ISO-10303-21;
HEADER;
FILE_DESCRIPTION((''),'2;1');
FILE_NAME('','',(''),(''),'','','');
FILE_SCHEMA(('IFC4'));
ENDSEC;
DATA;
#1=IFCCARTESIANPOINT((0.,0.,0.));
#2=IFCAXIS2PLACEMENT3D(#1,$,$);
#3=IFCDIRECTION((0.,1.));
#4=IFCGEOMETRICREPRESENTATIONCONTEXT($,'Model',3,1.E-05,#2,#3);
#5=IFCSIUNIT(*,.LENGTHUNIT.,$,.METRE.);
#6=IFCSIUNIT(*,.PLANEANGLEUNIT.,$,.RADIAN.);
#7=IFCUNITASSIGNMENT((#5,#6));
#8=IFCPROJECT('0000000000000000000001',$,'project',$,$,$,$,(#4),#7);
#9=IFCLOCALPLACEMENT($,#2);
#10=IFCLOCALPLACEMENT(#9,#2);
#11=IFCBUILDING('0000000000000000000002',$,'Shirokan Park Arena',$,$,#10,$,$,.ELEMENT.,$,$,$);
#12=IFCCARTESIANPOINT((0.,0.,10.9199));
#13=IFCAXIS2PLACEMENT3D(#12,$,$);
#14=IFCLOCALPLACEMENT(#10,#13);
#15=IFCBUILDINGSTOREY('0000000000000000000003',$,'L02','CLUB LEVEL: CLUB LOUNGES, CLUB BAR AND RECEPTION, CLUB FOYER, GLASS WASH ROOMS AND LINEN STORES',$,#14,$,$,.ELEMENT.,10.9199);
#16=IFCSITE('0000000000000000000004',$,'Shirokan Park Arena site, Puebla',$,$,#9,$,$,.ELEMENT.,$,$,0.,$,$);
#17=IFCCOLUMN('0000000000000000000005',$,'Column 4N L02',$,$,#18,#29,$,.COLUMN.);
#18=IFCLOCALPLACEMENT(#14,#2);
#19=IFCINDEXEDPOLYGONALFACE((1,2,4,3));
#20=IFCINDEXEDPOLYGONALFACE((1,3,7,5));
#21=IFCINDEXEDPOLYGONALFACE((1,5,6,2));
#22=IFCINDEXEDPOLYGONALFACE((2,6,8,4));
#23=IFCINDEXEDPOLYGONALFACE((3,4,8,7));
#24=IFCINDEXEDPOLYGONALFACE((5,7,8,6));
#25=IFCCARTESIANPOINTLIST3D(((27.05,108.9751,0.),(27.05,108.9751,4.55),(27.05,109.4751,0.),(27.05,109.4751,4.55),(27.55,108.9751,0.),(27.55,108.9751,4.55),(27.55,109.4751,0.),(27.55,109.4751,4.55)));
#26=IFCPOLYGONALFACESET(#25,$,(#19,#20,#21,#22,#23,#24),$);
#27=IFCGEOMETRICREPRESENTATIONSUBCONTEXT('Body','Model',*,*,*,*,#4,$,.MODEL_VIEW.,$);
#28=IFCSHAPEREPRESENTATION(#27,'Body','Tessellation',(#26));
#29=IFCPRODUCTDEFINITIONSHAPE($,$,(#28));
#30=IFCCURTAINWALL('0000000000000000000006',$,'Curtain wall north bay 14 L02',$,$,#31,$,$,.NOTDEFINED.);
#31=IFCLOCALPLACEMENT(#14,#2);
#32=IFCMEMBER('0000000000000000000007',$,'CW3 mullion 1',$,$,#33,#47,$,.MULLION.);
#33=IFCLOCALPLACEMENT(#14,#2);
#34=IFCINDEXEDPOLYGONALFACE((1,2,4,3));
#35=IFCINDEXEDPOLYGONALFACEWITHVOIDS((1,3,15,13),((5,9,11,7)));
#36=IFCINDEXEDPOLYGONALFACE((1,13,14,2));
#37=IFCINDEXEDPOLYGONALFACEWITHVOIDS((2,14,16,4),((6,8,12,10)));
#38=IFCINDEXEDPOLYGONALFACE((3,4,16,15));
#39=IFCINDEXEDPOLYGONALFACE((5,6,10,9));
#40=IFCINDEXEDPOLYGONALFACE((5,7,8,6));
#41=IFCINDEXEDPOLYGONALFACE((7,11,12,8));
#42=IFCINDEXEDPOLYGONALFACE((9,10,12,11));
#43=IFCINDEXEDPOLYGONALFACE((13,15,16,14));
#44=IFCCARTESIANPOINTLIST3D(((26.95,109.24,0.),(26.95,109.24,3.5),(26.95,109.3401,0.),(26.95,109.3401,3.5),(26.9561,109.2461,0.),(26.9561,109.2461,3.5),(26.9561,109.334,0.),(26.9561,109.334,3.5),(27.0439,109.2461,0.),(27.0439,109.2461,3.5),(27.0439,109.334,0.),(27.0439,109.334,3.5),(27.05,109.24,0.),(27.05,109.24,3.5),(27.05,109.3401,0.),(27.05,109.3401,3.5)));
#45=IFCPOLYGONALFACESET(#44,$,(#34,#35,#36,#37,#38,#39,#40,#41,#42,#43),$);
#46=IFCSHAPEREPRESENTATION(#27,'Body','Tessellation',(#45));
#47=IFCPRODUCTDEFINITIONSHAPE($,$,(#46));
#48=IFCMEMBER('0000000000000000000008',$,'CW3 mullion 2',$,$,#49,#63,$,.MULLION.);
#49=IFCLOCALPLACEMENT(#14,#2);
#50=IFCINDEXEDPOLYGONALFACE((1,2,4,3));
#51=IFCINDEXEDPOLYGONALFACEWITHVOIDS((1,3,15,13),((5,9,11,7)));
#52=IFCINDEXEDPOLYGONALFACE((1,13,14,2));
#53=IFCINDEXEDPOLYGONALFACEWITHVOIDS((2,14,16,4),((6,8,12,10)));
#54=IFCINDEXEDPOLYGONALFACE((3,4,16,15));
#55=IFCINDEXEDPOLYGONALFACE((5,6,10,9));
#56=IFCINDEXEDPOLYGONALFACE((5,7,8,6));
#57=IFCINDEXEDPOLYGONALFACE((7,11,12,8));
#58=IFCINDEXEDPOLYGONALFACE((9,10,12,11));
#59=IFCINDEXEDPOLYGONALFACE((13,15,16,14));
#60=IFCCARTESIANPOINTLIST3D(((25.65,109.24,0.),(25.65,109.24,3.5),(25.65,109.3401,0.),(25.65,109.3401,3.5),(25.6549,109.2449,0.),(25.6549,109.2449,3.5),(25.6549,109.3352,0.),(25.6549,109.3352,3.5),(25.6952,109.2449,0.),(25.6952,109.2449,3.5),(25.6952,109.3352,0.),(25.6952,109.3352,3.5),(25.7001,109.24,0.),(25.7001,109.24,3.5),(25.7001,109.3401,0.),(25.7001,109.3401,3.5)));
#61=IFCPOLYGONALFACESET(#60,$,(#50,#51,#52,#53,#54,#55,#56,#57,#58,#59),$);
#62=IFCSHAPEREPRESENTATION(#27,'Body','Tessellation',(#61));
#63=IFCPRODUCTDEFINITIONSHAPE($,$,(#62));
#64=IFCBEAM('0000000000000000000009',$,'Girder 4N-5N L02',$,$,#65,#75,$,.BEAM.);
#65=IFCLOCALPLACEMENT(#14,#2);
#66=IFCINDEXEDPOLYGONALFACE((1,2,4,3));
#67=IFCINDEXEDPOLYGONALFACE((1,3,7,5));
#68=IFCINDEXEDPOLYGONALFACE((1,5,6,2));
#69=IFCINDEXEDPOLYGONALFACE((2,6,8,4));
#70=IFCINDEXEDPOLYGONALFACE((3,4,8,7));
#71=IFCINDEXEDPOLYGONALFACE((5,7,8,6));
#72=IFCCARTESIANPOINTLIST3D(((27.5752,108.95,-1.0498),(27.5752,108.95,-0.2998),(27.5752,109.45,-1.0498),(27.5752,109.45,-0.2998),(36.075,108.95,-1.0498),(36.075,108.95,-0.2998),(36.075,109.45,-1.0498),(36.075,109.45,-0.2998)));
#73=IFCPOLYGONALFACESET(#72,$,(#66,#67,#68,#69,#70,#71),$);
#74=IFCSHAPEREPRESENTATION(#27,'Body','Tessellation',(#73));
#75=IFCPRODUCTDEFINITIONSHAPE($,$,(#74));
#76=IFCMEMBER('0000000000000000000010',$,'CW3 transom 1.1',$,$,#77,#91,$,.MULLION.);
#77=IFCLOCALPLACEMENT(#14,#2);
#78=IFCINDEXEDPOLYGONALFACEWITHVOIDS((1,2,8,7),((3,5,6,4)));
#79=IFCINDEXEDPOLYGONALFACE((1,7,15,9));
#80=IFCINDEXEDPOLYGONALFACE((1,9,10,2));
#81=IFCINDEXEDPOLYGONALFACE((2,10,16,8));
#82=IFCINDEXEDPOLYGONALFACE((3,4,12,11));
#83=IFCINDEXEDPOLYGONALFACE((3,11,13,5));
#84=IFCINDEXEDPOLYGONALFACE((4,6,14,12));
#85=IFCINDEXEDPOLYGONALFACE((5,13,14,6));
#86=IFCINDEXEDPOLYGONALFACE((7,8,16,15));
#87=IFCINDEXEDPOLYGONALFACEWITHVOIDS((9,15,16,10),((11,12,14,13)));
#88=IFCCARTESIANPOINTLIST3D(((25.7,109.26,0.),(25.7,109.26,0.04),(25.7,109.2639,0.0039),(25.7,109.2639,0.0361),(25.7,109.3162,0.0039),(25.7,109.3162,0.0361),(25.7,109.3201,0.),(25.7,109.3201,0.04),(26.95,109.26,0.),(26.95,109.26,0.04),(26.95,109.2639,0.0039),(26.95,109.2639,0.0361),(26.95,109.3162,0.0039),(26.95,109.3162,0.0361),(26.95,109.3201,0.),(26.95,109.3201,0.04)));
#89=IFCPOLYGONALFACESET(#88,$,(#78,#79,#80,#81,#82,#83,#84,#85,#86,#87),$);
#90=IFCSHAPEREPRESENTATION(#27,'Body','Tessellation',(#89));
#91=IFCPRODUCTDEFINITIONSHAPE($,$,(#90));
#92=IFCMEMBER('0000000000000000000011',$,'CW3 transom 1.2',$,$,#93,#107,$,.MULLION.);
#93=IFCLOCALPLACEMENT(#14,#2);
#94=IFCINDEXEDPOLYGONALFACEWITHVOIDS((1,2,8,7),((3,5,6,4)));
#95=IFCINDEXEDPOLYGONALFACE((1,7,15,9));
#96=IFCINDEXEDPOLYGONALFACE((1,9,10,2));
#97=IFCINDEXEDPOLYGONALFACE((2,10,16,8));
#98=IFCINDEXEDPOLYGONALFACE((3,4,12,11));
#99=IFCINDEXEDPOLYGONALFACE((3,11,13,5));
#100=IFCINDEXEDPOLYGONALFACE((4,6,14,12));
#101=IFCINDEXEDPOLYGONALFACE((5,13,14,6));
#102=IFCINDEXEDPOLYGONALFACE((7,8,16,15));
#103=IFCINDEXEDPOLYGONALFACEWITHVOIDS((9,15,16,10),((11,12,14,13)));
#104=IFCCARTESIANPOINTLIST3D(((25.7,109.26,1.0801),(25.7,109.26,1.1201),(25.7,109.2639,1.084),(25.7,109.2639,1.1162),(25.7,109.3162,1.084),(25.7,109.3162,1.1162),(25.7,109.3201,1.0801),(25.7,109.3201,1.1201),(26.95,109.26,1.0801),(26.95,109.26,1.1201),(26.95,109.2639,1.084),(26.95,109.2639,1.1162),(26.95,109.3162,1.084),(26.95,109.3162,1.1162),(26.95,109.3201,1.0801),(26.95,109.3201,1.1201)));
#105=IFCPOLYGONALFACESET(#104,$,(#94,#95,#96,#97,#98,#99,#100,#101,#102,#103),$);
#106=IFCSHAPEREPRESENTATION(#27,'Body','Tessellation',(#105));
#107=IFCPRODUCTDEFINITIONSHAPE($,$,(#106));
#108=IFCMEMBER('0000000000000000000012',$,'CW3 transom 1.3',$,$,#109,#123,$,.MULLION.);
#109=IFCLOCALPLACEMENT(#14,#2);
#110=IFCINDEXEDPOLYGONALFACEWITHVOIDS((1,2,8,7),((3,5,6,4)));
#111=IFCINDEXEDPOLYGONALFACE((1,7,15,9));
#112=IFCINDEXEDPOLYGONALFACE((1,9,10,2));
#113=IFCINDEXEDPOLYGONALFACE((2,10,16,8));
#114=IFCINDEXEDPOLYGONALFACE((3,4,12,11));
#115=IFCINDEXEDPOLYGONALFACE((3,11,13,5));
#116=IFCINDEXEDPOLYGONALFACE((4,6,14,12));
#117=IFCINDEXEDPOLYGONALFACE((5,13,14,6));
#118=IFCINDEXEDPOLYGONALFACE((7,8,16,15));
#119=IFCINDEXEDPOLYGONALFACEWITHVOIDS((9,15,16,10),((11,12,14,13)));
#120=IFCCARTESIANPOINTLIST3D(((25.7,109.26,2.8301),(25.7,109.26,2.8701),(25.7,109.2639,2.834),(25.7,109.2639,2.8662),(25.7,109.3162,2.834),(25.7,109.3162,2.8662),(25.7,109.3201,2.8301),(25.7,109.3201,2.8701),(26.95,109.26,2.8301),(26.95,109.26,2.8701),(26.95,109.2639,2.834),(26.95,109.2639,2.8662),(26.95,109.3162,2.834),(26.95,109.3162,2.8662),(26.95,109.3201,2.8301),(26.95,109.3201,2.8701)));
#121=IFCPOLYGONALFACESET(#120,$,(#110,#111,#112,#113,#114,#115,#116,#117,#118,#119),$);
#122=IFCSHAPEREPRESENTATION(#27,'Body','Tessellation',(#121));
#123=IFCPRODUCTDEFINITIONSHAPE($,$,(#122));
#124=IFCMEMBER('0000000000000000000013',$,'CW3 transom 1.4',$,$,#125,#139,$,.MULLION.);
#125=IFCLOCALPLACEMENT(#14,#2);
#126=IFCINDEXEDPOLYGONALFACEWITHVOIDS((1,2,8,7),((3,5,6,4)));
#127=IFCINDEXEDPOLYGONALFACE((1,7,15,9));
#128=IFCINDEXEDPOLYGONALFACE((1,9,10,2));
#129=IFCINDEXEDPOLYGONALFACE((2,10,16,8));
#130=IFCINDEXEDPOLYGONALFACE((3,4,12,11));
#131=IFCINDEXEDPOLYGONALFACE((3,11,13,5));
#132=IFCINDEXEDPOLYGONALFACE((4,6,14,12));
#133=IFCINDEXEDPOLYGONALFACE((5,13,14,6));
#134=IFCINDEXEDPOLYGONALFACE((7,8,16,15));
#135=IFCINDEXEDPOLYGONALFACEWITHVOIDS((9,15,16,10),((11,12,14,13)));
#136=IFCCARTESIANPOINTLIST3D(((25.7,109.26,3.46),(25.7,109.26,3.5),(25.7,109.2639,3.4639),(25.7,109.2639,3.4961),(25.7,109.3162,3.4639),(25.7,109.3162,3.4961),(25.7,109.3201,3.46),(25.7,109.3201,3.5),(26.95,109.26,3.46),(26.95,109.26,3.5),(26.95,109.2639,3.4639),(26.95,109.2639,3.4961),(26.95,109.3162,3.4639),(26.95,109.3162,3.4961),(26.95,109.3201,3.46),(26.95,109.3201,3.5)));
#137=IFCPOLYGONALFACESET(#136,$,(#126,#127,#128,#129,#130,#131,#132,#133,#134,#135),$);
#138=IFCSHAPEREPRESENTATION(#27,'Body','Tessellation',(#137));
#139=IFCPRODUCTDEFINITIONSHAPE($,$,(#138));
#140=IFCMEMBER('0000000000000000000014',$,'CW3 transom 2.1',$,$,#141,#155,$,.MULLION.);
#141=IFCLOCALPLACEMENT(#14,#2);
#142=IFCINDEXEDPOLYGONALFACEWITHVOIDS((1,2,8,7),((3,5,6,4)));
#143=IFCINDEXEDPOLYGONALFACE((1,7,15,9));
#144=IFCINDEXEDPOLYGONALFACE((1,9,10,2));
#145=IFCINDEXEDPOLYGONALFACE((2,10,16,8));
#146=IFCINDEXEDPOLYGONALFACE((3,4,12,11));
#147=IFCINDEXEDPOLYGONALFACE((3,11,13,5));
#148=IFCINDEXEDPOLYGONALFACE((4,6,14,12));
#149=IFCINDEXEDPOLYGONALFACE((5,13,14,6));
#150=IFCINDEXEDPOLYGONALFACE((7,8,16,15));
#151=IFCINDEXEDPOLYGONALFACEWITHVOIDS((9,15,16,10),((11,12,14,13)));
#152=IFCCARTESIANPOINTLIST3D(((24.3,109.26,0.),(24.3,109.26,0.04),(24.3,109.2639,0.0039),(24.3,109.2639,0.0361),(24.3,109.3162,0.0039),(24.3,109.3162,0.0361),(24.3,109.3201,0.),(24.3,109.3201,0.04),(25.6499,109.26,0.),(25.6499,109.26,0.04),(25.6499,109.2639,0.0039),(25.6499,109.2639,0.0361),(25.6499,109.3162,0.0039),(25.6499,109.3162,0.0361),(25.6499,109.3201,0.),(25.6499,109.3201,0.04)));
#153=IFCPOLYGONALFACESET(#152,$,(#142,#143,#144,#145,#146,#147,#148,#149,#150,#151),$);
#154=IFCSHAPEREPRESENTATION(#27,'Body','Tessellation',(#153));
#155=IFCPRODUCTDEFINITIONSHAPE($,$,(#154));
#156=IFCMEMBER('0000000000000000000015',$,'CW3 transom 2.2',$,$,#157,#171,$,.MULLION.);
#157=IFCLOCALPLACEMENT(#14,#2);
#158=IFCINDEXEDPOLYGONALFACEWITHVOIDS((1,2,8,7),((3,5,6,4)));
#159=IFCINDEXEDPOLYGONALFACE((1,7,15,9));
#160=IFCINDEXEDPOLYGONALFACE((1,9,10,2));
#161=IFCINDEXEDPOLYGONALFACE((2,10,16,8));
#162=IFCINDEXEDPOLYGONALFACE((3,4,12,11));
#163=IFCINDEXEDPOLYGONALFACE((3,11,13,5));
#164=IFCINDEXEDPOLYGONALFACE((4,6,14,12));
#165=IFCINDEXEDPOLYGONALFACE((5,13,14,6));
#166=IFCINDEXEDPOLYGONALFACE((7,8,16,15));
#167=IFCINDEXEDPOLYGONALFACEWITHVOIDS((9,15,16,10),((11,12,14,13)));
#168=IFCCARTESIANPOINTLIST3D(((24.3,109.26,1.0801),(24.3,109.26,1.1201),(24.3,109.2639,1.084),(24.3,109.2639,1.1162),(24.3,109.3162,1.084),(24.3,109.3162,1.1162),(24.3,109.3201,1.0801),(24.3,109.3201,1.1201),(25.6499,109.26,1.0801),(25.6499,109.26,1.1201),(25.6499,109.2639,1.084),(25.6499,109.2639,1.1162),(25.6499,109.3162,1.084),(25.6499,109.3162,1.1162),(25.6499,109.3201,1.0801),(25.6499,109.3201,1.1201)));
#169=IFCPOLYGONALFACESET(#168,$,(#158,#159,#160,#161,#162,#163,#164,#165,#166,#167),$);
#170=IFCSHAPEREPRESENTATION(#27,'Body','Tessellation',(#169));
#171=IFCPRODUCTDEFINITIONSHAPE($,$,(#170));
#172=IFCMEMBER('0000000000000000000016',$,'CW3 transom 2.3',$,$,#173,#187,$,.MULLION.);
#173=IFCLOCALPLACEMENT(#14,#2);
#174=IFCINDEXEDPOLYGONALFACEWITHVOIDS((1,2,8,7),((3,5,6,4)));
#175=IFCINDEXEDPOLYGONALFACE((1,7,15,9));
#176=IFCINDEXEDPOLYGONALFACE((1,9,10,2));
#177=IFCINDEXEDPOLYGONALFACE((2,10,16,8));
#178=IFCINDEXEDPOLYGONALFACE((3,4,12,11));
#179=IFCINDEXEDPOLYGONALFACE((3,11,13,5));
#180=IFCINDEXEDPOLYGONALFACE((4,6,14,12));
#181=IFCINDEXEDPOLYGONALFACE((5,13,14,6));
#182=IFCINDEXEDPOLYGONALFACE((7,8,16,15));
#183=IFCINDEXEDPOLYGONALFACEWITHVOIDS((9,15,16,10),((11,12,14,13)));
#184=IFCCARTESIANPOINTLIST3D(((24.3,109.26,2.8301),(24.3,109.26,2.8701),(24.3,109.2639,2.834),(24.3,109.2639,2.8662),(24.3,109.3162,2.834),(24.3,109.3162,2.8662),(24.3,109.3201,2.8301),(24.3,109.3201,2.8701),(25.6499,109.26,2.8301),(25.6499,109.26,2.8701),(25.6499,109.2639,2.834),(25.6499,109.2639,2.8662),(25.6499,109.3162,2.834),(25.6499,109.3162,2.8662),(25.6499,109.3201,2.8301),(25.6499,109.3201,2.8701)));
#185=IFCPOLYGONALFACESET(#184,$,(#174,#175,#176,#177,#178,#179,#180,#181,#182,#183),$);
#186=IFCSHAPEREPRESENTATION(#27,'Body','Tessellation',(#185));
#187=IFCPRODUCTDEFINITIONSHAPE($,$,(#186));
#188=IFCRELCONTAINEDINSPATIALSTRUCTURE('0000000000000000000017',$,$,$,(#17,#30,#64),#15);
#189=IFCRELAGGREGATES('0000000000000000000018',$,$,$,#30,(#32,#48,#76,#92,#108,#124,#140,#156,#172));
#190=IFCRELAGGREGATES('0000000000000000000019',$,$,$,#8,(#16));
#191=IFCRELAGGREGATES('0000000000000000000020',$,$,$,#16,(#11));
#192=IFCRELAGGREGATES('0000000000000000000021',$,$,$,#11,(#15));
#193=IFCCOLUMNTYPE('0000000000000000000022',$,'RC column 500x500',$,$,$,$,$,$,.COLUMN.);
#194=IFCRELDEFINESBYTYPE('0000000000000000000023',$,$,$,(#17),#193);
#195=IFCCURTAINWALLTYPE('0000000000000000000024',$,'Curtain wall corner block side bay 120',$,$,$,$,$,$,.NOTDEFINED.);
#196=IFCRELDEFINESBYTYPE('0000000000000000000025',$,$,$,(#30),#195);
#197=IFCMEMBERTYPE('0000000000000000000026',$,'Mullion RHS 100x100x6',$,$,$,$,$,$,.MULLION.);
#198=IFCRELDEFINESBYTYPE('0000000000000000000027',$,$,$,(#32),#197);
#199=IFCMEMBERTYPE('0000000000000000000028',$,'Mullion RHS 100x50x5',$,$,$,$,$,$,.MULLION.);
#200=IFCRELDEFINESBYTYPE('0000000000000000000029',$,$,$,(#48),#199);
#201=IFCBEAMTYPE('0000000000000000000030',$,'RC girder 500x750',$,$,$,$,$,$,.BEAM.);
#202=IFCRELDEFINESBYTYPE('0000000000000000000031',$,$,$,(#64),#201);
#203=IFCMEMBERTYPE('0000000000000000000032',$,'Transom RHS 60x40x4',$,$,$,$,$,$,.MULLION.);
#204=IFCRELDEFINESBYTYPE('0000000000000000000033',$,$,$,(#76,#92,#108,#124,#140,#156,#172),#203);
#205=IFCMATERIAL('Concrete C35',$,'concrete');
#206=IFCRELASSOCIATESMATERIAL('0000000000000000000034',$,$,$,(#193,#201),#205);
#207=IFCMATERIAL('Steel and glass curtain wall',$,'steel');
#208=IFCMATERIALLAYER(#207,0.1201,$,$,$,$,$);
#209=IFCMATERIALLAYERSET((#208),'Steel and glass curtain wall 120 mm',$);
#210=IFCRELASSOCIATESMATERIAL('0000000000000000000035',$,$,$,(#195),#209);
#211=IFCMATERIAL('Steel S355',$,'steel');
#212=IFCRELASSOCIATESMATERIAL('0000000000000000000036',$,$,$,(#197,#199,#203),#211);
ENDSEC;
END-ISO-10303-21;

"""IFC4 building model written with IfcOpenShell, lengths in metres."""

from ifc_helpers import new_model, si_unit, direction, frame, origin, origin_2d, place, context, subcontext, project, spatial, rectangle, hollow_rectangle, extrude, material, layer, layer_set, material_profile, profile_set, type_object, element, aggregate, save


model = new_model("IFC4")

# Units and contexts
model_context = context("Model", 3, precision=1e-05, world=origin(), true_north=direction((0.0, 1.0)))
body_context = subcontext(model_context, "Body", "Model", "MODEL_VIEW")
ifc_project = project(units=[si_unit("LENGTHUNIT", "METRE"), si_unit("PLANEANGLEUNIT", "RADIAN")], contexts=[model_context])

# Site, building, storey
site_placement = place(None, origin())
site = spatial("IfcSite", under=ifc_project, at=site_placement, Name="Shirokan Park Arena site, Puebla", CompositionType="ELEMENT", RefElevation=0.0)
building_placement = place(site_placement, origin())
building = spatial("IfcBuilding", under=site, at=building_placement, Name="Shirokan Park Arena", CompositionType="ELEMENT")
storey_placement = place(building_placement, frame((0.0, 0.0, 10.9199)))
storey = spatial("IfcBuildingStorey", under=building, at=storey_placement, Name="L02", Description="CLUB LEVEL: CLUB LOUNGES, CLUB BAR AND RECEPTION, CLUB FOYER, GLASS WASH ROOMS AND LINEN STORES", CompositionType="ELEMENT", Elevation=10.9199)

# Column
ifc_material_1 = material(Name="Concrete C35", Category="concrete")
ifc_material_profile_1 = material_profile(ifc_material_1, rectangle(XDim=0.5, YDim=0.5, at=origin_2d()), Name="500x500")
ifc_profile_set_1 = profile_set([ifc_material_profile_1], Name="Concrete C35")
column_type = type_object("IfcColumnType", Name="RC column 500x500", PredefinedType="COLUMN", material=ifc_profile_set_1)
column_placement = place(storey_placement, frame((27.3, 109.2251, 0.0), z_axis=(0.0, 0.0, 1.0), x_axis=(1.0, 0.0, 0.0)))
element("IfcColumn", 1, at=column_placement, inside=storey, type_object=column_type, Name="Column 4N L02", PredefinedType="COLUMN", context=body_context, shape_type="SweptSolid", body=[
    extrude(rectangle(XDim=0.5, YDim=0.5, at=origin_2d()), origin(), (0.0, 0.0, 1.0), 4.55),
])

# Curtain wall, members
ifc_material_2 = material(Name="Steel and glass curtain wall", Category="steel")
ifc_layer_1 = layer(ifc_material_2, 0.1201)
ifc_layer_set_1 = layer_set([ifc_layer_1], Name="Steel and glass curtain wall 120 mm")
curtain_wall_type = type_object("IfcCurtainWallType", Name="Curtain wall corner block side bay 120", PredefinedType="NOTDEFINED", material=ifc_layer_set_1)
curtain_wall_placement = place(storey_placement, origin())
curtain_wall = element("IfcCurtainWall", 2, at=curtain_wall_placement, inside=storey, type_object=curtain_wall_type, Name="Curtain wall north bay 14 L02", PredefinedType="NOTDEFINED")
ifc_material_3 = material(Name="Steel S355", Category="steel")
ifc_material_profile_2 = material_profile(ifc_material_3, hollow_rectangle(XDim=0.1001, YDim=0.1001, WallThickness=0.0061, at=origin_2d()), Name="RHS 100x100x6")
ifc_profile_set_2 = profile_set([ifc_material_profile_2], Name="Steel S355")
member_type_1 = type_object("IfcMemberType", Name="Mullion RHS 100x100x6", PredefinedType="MULLION", material=ifc_profile_set_2)
member_1_placement = place(storey_placement, frame((27.0, 109.29, 0.0), z_axis=(0.0, 0.0, 1.0), x_axis=(0.0, -1.0, 0.0)))
member_1 = element("IfcMember", 3, at=member_1_placement, type_object=member_type_1, Name="CW3 mullion 1", PredefinedType="MULLION", context=body_context, shape_type="SweptSolid", body=[
    extrude(hollow_rectangle(XDim=0.1001, YDim=0.1001, WallThickness=0.0061, at=origin_2d()), origin(), (0.0, 0.0, 1.0), 3.5),
])
ifc_material_profile_3 = material_profile(ifc_material_3, hollow_rectangle(XDim=0.1001, YDim=0.05, WallThickness=0.0049, at=origin_2d()), Name="RHS 100x50x5")
ifc_profile_set_3 = profile_set([ifc_material_profile_3], Name="Steel S355")
member_type_2 = type_object("IfcMemberType", Name="Mullion RHS 100x50x5", PredefinedType="MULLION", material=ifc_profile_set_3)
member_2_placement = place(storey_placement, frame((25.675, 109.29, 0.0), z_axis=(0.0, 0.0, 1.0), x_axis=(0.0, -1.0, 0.0)))
member_2 = element("IfcMember", 4, at=member_2_placement, type_object=member_type_2, Name="CW3 mullion 2", PredefinedType="MULLION", context=body_context, shape_type="SweptSolid", body=[
    extrude(hollow_rectangle(XDim=0.1001, YDim=0.05, WallThickness=0.0049, at=origin_2d()), origin(), (0.0, 0.0, 1.0), 3.5),
])

# Beam
ifc_material_profile_4 = material_profile(ifc_material_1, rectangle(XDim=0.5, YDim=0.75, at=origin_2d()), Name="500x750")
ifc_profile_set_4 = profile_set([ifc_material_profile_4], Name="Concrete C35")
beam_type = type_object("IfcBeamType", Name="RC girder 500x750", PredefinedType="BEAM", material=ifc_profile_set_4)
beam_placement = place(storey_placement, frame((27.5752, 109.2, -0.6748), z_axis=(1.0, 0.0, 0.0), x_axis=(0.0, 1.0, 0.0)))
element("IfcBeam", 5, at=beam_placement, inside=storey, type_object=beam_type, Name="Girder 4N-5N L02", PredefinedType="BEAM", context=body_context, shape_type="SweptSolid", body=[
    extrude(rectangle(XDim=0.5, YDim=0.75, at=origin_2d()), origin(), (0.0, 0.0, 1.0), 8.4998),
])

# Members
ifc_material_profile_5 = material_profile(ifc_material_3, hollow_rectangle(XDim=0.0601, YDim=0.04, WallThickness=0.0039, at=origin_2d()), Name="RHS 60x40x4")
ifc_profile_set_5 = profile_set([ifc_material_profile_5], Name="Steel S355")
member_type_3 = type_object("IfcMemberType", Name="Transom RHS 60x40x4", PredefinedType="MULLION", material=ifc_profile_set_5)
member_3_placement = place(storey_placement, frame((26.95, 109.29, 0.02), z_axis=(-1.0, 0.0, 0.0), x_axis=(0.0, -1.0, 0.0)))
member_3 = element("IfcMember", 6, at=member_3_placement, type_object=member_type_3, Name="CW3 transom 1.1", PredefinedType="MULLION", context=body_context, shape_type="SweptSolid", body=[
    extrude(hollow_rectangle(XDim=0.0601, YDim=0.04, WallThickness=0.0039, at=origin_2d()), origin(), (0.0, 0.0, 1.0), 1.25),
])
member_4_placement = place(storey_placement, frame((26.95, 109.29, 1.1001), z_axis=(-1.0, 0.0, 0.0), x_axis=(0.0, -1.0, 0.0)))
member_4 = element("IfcMember", 7, at=member_4_placement, type_object=member_type_3, Name="CW3 transom 1.2", PredefinedType="MULLION", context=body_context, shape_type="SweptSolid", body=[
    extrude(hollow_rectangle(XDim=0.0601, YDim=0.04, WallThickness=0.0039, at=origin_2d()), origin(), (0.0, 0.0, 1.0), 1.25),
])
member_5_placement = place(storey_placement, frame((26.95, 109.29, 2.8501), z_axis=(-1.0, 0.0, 0.0), x_axis=(0.0, -1.0, 0.0)))
member_5 = element("IfcMember", 8, at=member_5_placement, type_object=member_type_3, Name="CW3 transom 1.3", PredefinedType="MULLION", context=body_context, shape_type="SweptSolid", body=[
    extrude(hollow_rectangle(XDim=0.0601, YDim=0.04, WallThickness=0.0039, at=origin_2d()), origin(), (0.0, 0.0, 1.0), 1.25),
])
member_6_placement = place(storey_placement, frame((26.95, 109.29, 3.48), z_axis=(-1.0, 0.0, 0.0), x_axis=(0.0, -1.0, 0.0)))
member_6 = element("IfcMember", 9, at=member_6_placement, type_object=member_type_3, Name="CW3 transom 1.4", PredefinedType="MULLION", context=body_context, shape_type="SweptSolid", body=[
    extrude(hollow_rectangle(XDim=0.0601, YDim=0.04, WallThickness=0.0039, at=origin_2d()), origin(), (0.0, 0.0, 1.0), 1.25),
])
member_7_placement = place(storey_placement, frame((25.6499, 109.29, 0.02), z_axis=(-1.0, 0.0, 0.0), x_axis=(0.0, -1.0, 0.0)))
member_7 = element("IfcMember", 10, at=member_7_placement, type_object=member_type_3, Name="CW3 transom 2.1", PredefinedType="MULLION", context=body_context, shape_type="SweptSolid", body=[
    extrude(hollow_rectangle(XDim=0.0601, YDim=0.04, WallThickness=0.0039, at=origin_2d()), origin(), (0.0, 0.0, 1.0), 1.3499),
])
member_8_placement = place(storey_placement, frame((25.6499, 109.29, 1.1001), z_axis=(-1.0, 0.0, 0.0), x_axis=(0.0, -1.0, 0.0)))
member_8 = element("IfcMember", 11, at=member_8_placement, type_object=member_type_3, Name="CW3 transom 2.2", PredefinedType="MULLION", context=body_context, shape_type="SweptSolid", body=[
    extrude(hollow_rectangle(XDim=0.0601, YDim=0.04, WallThickness=0.0039, at=origin_2d()), origin(), (0.0, 0.0, 1.0), 1.3499),
])
member_9_placement = place(storey_placement, frame((25.6499, 109.29, 2.8501), z_axis=(-1.0, 0.0, 0.0), x_axis=(0.0, -1.0, 0.0)))
member_9 = element("IfcMember", 12, at=member_9_placement, type_object=member_type_3, Name="CW3 transom 2.3", PredefinedType="MULLION", context=body_context, shape_type="SweptSolid", body=[
    extrude(hollow_rectangle(XDim=0.0601, YDim=0.04, WallThickness=0.0039, at=origin_2d()), origin(), (0.0, 0.0, 1.0), 1.3499),
])

aggregate(curtain_wall, [member_1, member_2, member_3, member_4, member_5, member_6, member_7, member_8, member_9])

save(model, "model.ifc")
